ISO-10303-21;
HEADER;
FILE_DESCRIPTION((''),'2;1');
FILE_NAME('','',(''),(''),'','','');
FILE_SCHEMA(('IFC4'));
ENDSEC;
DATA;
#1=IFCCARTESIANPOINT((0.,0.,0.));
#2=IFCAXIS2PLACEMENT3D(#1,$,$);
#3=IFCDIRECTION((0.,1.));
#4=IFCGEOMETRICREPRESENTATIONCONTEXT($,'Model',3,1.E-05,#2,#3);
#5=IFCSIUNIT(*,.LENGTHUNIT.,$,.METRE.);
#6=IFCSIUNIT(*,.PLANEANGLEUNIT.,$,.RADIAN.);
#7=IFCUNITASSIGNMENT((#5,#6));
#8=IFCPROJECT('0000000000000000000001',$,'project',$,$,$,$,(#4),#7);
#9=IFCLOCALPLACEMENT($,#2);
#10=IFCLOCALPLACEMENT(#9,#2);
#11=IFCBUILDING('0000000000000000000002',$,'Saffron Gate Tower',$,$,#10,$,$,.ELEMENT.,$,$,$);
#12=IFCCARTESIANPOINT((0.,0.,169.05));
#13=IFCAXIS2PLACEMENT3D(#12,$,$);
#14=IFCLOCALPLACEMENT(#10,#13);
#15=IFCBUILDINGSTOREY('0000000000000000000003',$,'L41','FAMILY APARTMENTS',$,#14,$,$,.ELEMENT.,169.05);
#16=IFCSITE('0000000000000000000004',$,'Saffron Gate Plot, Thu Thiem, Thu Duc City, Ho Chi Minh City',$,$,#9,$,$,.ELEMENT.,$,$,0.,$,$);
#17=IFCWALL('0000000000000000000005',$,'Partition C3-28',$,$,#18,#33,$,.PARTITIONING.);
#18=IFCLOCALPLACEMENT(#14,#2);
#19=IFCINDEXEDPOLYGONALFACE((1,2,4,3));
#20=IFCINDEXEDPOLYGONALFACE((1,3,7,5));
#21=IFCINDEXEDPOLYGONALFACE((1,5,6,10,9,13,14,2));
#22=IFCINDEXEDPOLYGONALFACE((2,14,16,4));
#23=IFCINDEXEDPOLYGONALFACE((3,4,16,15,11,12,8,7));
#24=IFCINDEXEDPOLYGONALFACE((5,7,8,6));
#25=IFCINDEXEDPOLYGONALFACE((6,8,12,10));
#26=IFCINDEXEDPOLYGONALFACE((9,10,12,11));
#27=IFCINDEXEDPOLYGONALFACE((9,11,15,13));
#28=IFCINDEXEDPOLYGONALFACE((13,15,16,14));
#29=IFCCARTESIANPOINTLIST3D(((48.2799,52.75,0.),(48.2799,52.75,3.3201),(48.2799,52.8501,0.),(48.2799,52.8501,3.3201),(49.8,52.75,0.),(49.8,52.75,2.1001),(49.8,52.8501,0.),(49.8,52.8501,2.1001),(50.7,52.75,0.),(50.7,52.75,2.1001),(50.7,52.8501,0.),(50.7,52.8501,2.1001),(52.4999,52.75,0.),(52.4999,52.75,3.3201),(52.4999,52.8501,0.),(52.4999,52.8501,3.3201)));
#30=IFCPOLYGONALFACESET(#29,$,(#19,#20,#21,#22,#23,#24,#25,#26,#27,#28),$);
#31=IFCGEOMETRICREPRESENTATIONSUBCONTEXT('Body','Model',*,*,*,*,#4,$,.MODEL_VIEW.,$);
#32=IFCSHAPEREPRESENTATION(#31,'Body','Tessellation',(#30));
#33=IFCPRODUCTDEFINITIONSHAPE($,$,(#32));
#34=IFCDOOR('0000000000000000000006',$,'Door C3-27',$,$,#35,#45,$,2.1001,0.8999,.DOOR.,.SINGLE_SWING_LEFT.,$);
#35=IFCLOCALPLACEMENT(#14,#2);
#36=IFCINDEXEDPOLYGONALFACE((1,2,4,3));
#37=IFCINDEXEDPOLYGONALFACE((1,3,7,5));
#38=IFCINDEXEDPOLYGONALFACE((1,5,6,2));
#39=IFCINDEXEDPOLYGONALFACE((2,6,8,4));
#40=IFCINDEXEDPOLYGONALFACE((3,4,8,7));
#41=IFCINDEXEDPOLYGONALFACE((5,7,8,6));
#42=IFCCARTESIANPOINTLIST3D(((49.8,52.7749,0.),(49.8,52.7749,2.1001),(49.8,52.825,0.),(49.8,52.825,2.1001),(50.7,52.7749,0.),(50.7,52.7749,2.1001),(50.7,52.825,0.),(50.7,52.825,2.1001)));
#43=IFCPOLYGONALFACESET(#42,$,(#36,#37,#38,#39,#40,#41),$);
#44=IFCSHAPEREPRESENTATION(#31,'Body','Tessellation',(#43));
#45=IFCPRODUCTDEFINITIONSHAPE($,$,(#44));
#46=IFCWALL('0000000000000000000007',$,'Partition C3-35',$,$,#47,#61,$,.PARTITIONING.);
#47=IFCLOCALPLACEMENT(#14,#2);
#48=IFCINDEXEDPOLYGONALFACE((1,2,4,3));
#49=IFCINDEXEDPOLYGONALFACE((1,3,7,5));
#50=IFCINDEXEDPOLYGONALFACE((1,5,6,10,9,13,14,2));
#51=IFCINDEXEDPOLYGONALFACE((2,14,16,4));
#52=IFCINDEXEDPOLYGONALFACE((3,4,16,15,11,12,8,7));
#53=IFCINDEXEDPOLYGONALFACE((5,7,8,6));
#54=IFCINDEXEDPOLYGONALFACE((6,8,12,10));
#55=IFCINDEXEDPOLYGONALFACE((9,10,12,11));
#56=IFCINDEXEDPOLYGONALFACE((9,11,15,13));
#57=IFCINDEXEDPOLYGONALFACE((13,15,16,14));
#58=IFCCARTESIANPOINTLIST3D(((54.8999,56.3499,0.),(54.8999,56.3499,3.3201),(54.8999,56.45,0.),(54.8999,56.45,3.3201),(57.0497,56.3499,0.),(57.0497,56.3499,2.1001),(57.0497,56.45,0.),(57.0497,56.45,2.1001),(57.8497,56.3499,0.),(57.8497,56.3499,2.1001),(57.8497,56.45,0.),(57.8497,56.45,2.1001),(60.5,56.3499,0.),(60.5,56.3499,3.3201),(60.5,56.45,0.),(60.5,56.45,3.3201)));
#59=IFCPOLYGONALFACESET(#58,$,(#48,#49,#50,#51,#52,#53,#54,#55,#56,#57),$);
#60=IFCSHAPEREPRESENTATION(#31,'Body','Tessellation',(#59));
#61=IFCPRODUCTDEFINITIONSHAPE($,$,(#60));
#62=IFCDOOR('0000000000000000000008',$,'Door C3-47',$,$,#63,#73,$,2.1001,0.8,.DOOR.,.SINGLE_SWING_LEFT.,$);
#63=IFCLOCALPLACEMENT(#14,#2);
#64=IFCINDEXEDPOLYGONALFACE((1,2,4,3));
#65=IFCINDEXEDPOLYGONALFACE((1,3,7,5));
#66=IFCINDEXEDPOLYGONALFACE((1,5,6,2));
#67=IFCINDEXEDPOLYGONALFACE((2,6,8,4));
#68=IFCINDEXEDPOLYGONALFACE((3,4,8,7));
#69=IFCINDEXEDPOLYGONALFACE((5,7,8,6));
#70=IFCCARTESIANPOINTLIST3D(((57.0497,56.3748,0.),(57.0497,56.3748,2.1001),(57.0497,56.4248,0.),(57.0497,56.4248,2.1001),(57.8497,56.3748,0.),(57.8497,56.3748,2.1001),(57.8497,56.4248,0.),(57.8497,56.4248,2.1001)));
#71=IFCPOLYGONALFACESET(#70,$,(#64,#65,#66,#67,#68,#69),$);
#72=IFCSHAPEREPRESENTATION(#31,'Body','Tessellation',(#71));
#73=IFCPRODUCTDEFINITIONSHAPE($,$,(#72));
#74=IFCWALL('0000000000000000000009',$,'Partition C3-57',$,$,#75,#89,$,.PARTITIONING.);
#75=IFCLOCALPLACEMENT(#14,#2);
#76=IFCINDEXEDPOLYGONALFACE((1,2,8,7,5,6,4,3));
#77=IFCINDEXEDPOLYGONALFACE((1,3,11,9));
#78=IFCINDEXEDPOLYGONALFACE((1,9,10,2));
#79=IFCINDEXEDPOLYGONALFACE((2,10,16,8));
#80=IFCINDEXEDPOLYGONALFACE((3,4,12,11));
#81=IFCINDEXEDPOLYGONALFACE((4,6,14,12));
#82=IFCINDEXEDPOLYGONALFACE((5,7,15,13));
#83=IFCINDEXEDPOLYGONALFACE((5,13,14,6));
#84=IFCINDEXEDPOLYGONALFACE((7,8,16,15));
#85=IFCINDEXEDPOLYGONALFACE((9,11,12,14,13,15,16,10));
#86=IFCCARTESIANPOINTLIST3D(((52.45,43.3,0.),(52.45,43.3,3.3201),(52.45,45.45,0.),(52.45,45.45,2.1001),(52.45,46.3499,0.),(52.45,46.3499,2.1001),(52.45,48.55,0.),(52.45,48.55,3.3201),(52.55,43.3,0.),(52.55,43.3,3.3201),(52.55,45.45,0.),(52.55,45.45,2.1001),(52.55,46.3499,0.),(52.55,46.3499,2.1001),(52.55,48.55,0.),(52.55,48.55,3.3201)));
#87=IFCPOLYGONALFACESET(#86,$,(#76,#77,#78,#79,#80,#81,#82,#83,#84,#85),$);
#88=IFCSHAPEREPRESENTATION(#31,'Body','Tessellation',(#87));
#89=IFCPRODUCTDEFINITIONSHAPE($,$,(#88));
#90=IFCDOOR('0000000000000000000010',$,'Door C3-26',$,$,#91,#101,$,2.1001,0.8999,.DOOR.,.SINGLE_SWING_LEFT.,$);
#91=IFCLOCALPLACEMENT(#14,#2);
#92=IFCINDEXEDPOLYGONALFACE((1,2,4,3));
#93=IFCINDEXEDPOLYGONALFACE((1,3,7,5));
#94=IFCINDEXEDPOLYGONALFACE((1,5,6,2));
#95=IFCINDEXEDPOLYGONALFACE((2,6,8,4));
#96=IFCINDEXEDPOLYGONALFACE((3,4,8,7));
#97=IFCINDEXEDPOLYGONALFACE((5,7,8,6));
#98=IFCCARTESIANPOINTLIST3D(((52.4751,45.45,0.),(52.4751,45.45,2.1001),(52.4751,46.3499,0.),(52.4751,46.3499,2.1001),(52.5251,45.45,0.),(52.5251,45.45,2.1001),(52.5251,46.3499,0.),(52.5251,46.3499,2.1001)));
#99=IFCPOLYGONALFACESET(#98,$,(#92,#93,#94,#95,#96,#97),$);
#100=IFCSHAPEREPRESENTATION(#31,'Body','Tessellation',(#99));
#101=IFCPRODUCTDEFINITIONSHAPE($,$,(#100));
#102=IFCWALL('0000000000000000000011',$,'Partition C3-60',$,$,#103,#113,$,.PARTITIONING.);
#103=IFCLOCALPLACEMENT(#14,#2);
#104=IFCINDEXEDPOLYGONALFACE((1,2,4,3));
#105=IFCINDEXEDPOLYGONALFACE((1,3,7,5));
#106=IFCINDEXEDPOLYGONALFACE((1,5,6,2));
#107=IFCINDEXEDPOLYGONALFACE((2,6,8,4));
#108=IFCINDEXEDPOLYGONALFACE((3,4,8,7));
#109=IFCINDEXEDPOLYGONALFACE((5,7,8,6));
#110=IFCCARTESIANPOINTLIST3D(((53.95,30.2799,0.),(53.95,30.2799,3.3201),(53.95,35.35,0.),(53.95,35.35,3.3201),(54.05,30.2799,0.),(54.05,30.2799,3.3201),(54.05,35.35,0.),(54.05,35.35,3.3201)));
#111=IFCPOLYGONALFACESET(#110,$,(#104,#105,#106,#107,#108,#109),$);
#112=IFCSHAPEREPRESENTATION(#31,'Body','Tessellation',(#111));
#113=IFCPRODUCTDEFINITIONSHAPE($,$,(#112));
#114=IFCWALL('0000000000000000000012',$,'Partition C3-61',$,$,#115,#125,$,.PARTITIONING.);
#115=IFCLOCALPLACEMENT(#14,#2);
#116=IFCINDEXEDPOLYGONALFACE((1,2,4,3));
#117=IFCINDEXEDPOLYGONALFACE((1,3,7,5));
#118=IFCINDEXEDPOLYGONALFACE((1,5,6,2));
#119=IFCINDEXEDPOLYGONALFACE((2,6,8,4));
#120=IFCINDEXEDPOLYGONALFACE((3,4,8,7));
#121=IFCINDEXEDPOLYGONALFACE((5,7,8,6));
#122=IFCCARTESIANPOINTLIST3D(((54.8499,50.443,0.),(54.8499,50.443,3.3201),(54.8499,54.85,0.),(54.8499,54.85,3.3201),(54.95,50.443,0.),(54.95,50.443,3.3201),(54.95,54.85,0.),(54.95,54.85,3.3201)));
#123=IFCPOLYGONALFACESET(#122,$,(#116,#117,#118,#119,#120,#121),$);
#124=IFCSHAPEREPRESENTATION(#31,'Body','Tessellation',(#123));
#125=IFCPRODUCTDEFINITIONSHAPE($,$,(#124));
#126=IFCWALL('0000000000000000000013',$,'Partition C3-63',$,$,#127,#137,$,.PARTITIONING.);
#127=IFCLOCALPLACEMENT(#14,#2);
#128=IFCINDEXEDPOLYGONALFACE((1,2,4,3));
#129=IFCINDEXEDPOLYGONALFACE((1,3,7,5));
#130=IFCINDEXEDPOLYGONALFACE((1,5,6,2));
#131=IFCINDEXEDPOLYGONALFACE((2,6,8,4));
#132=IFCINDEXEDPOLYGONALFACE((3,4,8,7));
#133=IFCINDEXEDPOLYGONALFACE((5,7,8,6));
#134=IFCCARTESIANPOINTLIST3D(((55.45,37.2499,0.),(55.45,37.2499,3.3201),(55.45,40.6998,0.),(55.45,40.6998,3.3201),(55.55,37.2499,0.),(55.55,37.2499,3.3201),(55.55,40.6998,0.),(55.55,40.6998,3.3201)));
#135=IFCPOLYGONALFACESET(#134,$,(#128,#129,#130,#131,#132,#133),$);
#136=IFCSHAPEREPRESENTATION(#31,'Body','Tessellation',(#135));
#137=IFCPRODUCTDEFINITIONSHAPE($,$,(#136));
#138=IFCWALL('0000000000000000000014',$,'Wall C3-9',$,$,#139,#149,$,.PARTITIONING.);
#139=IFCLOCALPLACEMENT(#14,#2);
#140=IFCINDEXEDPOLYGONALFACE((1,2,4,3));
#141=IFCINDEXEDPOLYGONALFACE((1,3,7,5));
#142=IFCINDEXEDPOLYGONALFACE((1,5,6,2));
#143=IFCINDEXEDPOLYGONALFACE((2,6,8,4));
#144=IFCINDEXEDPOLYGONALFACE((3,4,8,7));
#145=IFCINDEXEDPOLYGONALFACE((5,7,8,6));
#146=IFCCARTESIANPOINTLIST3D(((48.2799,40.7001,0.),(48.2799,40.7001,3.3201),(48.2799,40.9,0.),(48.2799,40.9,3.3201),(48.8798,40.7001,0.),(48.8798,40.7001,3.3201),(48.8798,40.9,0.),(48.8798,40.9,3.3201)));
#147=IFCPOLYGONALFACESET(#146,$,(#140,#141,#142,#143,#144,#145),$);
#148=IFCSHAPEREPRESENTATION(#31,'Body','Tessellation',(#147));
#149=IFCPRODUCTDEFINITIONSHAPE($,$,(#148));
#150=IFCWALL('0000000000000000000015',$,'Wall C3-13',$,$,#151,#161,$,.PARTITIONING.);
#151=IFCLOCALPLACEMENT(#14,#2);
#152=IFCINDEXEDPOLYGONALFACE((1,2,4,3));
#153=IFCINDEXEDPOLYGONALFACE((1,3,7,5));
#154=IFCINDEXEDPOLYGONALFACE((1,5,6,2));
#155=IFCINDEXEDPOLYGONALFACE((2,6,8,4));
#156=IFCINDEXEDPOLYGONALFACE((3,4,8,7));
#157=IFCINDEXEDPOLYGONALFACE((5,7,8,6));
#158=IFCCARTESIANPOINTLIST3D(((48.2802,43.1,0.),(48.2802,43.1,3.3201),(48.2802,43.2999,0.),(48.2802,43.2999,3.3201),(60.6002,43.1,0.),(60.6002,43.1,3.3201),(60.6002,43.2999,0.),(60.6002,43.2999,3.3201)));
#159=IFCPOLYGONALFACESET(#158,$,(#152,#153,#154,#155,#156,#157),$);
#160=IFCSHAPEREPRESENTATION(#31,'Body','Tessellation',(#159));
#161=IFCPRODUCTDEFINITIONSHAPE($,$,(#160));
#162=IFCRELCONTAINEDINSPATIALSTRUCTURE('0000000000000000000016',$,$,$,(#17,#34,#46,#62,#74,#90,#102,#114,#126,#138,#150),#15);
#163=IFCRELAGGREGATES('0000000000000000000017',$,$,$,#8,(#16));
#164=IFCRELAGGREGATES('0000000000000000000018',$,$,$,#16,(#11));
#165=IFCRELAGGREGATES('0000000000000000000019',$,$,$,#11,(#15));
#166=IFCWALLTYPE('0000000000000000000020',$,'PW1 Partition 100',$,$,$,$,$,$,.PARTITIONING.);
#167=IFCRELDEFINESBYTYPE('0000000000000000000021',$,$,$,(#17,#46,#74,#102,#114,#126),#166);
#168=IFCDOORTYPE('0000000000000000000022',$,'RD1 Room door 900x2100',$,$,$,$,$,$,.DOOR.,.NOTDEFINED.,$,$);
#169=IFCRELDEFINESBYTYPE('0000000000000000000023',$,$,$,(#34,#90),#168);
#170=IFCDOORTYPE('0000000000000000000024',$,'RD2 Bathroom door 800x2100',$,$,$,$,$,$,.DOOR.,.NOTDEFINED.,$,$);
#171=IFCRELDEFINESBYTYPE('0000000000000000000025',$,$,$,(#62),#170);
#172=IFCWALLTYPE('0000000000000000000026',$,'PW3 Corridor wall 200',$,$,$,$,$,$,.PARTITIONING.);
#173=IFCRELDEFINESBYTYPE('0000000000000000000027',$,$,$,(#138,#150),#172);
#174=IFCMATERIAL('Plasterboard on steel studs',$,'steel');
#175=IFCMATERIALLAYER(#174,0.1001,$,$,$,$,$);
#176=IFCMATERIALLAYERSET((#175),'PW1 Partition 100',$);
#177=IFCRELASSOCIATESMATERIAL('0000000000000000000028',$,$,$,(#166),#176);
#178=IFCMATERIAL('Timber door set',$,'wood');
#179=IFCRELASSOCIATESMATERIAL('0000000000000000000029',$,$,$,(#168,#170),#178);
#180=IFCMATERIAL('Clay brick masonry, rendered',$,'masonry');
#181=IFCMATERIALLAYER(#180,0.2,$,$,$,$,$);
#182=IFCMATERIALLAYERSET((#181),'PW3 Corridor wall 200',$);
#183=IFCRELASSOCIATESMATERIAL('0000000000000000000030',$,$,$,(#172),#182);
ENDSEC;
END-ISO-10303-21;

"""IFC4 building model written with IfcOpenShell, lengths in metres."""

from ifc_helpers import new_model, si_unit, direction, frame, frame_2d, origin, place, context, subcontext, project, spatial, rectangle, extrude, material, layer, layer_set, type_object, element, fill, save


model = new_model("IFC4")

# Units and contexts
model_context = context("Model", 3, precision=1e-05, world=origin(), true_north=direction((0.0, 1.0)))
body_context = subcontext(model_context, "Body", "Model", "MODEL_VIEW")
ifc_project = project(units=[si_unit("LENGTHUNIT", "METRE"), si_unit("PLANEANGLEUNIT", "RADIAN")], contexts=[model_context])

# Site, building, storey
site_placement = place(None, origin())
site = spatial("IfcSite", under=ifc_project, at=site_placement, Name="Saffron Gate Plot, Thu Thiem, Thu Duc City, Ho Chi Minh City", CompositionType="ELEMENT", RefElevation=0.0)
building_placement = place(site_placement, origin())
building = spatial("IfcBuilding", under=site, at=building_placement, Name="Saffron Gate Tower", CompositionType="ELEMENT")
storey_placement = place(building_placement, frame((0.0, 0.0, 169.05)))
storey = spatial("IfcBuildingStorey", under=building, at=storey_placement, Name="L41", Description="FAMILY APARTMENTS", CompositionType="ELEMENT", Elevation=169.05)

# Shared definitions
ifc_material_1 = material(Name="Plasterboard on steel studs", Category="steel")
ifc_layer_1 = layer(ifc_material_1, 0.1001)
ifc_layer_set_1 = layer_set([ifc_layer_1], Name="PW1 Partition 100")
wall_type_1 = type_object("IfcWallType", Name="PW1 Partition 100", PredefinedType="PARTITIONING", material=ifc_layer_set_1)

# Walls, openings, doors
wall_1_placement = place(storey_placement, frame((48.28, 52.8, 0.0), z_axis=(0.0, 0.0, 1.0), x_axis=(1.0, 0.0, 0.0)))
wall_1 = element("IfcWall", 1, at=wall_1_placement, inside=storey, type_object=wall_type_1, Name="Partition C3-28", PredefinedType="PARTITIONING", context=body_context, shape_type="SweptSolid", body=[
    extrude(rectangle(XDim=4.22, YDim=0.1001, at=frame_2d((2.1099, 0.0))), origin(), (0.0, 0.0, 1.0), 3.3201),
])
opening_1_placement = place(wall_1_placement, frame((1.52, 0.0, 0.0)))
opening_1 = element("IfcOpeningElement", 2, at=opening_1_placement, cuts=wall_1, PredefinedType="OPENING", context=body_context, shape_type="SweptSolid", body=[
    extrude(rectangle(XDim=0.8999, YDim=2.1001, at=frame_2d((0.45, 1.05))), frame((0.0, 0.0601, 0.0), z_axis=(0.0, -1.0, 0.0), x_axis=(1.0, 0.0, 0.0)), (0.0, 0.0, 1.0), 0.1201),
])
ifc_material_2 = material(Name="Timber door set", Category="wood")
door_type_1 = type_object("IfcDoorType", Name="RD1 Room door 900x2100", OperationType="NOTDEFINED", PredefinedType="DOOR", material=ifc_material_2)
door_1_placement = place(opening_1_placement, origin())
door_1 = element("IfcDoor", 3, at=door_1_placement, inside=storey, type_object=door_type_1, Name="Door C3-27", OperationType="SINGLE_SWING_LEFT", OverallHeight=2.1001, OverallWidth=0.8999, PredefinedType="DOOR", context=body_context, shape_type="SweptSolid", body=[
    extrude(rectangle(XDim=0.8999, YDim=2.1001, at=frame_2d((0.45, 1.05))), frame((0.0, 0.0249, 0.0), z_axis=(0.0, -1.0, 0.0), x_axis=(1.0, 0.0, 0.0)), (0.0, 0.0, 1.0), 0.05),
])
fill(opening_1, door_1)
wall_2_placement = place(storey_placement, frame((54.8999, 56.3999, 0.0), z_axis=(0.0, 0.0, 1.0), x_axis=(1.0, 0.0, 0.0)))
wall_2 = element("IfcWall", 4, at=wall_2_placement, inside=storey, type_object=wall_type_1, Name="Partition C3-35", PredefinedType="PARTITIONING", context=body_context, shape_type="SweptSolid", body=[
    extrude(rectangle(XDim=5.6001, YDim=0.1001, at=frame_2d((2.8, 0.0))), origin(), (0.0, 0.0, 1.0), 3.3201),
])
opening_2_placement = place(wall_2_placement, frame((2.1499, 0.0, 0.0)))
opening_2 = element("IfcOpeningElement", 5, at=opening_2_placement, cuts=wall_2, PredefinedType="OPENING", context=body_context, shape_type="SweptSolid", body=[
    extrude(rectangle(XDim=0.8, YDim=2.1001, at=frame_2d((0.3999, 1.05))), frame((0.0, 0.0601, 0.0), z_axis=(0.0, -1.0, 0.0), x_axis=(1.0, 0.0, 0.0)), (0.0, 0.0, 1.0), 0.1201),
])
door_type_2 = type_object("IfcDoorType", Name="RD2 Bathroom door 800x2100", OperationType="NOTDEFINED", PredefinedType="DOOR", material=ifc_material_2)
door_2_placement = place(opening_2_placement, origin())
door_2 = element("IfcDoor", 6, at=door_2_placement, inside=storey, type_object=door_type_2, Name="Door C3-47", OperationType="SINGLE_SWING_LEFT", OverallHeight=2.1001, OverallWidth=0.8, PredefinedType="DOOR", context=body_context, shape_type="SweptSolid", body=[
    extrude(rectangle(XDim=0.8, YDim=2.1001, at=frame_2d((0.3999, 1.05))), frame((0.0, 0.0249, 0.0), z_axis=(0.0, -1.0, 0.0), x_axis=(1.0, 0.0, 0.0)), (0.0, 0.0, 1.0), 0.05),
])
fill(opening_2, door_2)
wall_3_placement = place(storey_placement, frame((52.5, 43.3, 0.0), z_axis=(0.0, 0.0, 1.0), x_axis=(0.0, 1.0, 0.0)))
wall_3 = element("IfcWall", 7, at=wall_3_placement, inside=storey, type_object=wall_type_1, Name="Partition C3-57", PredefinedType="PARTITIONING", context=body_context, shape_type="SweptSolid", body=[
    extrude(rectangle(XDim=5.25, YDim=0.1001, at=frame_2d((2.625, 0.0))), origin(), (0.0, 0.0, 1.0), 3.3201),
])
opening_3_placement = place(wall_3_placement, frame((2.1499, 0.0, 0.0)))
opening_3 = element("IfcOpeningElement", 8, at=opening_3_placement, cuts=wall_3, PredefinedType="OPENING", context=body_context, shape_type="SweptSolid", body=[
    extrude(rectangle(XDim=0.8999, YDim=2.1001, at=frame_2d((0.45, 1.05))), frame((0.0, 0.0601, 0.0), z_axis=(0.0, -1.0, 0.0), x_axis=(1.0, 0.0, 0.0)), (0.0, 0.0, 1.0), 0.1201),
])
door_3_placement = place(opening_3_placement, origin())
door_3 = element("IfcDoor", 9, at=door_3_placement, inside=storey, type_object=door_type_1, Name="Door C3-26", OperationType="SINGLE_SWING_LEFT", OverallHeight=2.1001, OverallWidth=0.8999, PredefinedType="DOOR", context=body_context, shape_type="SweptSolid", body=[
    extrude(rectangle(XDim=0.8999, YDim=2.1001, at=frame_2d((0.45, 1.05))), frame((0.0, 0.0249, 0.0), z_axis=(0.0, -1.0, 0.0), x_axis=(1.0, 0.0, 0.0)), (0.0, 0.0, 1.0), 0.05),
])
fill(opening_3, door_3)

# Walls
wall_4_placement = place(storey_placement, frame((54.0, 35.3501, 0.0), z_axis=(0.0, 0.0, 1.0), x_axis=(0.0, -1.0, 0.0)))
element("IfcWall", 10, at=wall_4_placement, inside=storey, type_object=wall_type_1, Name="Partition C3-60", PredefinedType="PARTITIONING", context=body_context, shape_type="SweptSolid", body=[
    extrude(rectangle(XDim=5.0701, YDim=0.1001, at=frame_2d((2.5352, 0.0))), origin(), (0.0, 0.0, 1.0), 3.3201),
])
wall_5_placement = place(storey_placement, frame((54.8999, 54.8501, 0.0), z_axis=(0.0, 0.0, 1.0), x_axis=(0.0, -1.0, 0.0)))
element("IfcWall", 11, at=wall_5_placement, inside=storey, type_object=wall_type_1, Name="Partition C3-61", PredefinedType="PARTITIONING", context=body_context, shape_type="SweptSolid", body=[
    extrude(rectangle(XDim=4.407, YDim=0.1001, at=frame_2d((2.2036, 0.0))), origin(), (0.0, 0.0, 1.0), 3.3201),
])
wall_6_placement = place(storey_placement, frame((55.5, 40.7, 0.0), z_axis=(0.0, 0.0, 1.0), x_axis=(0.0, -1.0, 0.0)))
element("IfcWall", 12, at=wall_6_placement, inside=storey, type_object=wall_type_1, Name="Partition C3-63", PredefinedType="PARTITIONING", context=body_context, shape_type="SweptSolid", body=[
    extrude(rectangle(XDim=3.45, YDim=0.1001, at=frame_2d((1.7251, 0.0))), origin(), (0.0, 0.0, 1.0), 3.3201),
])
ifc_material_3 = material(Name="Clay brick masonry, rendered", Category="masonry")
ifc_layer_2 = layer(ifc_material_3, 0.2)
ifc_layer_set_2 = layer_set([ifc_layer_2], Name="PW3 Corridor wall 200")
wall_type_2 = type_object("IfcWallType", Name="PW3 Corridor wall 200", PredefinedType="PARTITIONING", material=ifc_layer_set_2)
wall_7_placement = place(storey_placement, frame((48.28, 40.8, 0.0), z_axis=(0.0, 0.0, 1.0), x_axis=(1.0, 0.0, 0.0)))
element("IfcWall", 13, at=wall_7_placement, inside=storey, type_object=wall_type_2, Name="Wall C3-9", PredefinedType="PARTITIONING", context=body_context, shape_type="SweptSolid", body=[
    extrude(rectangle(XDim=0.5999, YDim=0.2, at=frame_2d((0.2998, 0.0))), origin(), (0.0, 0.0, 1.0), 3.3201),
])
wall_8_placement = place(storey_placement, frame((48.28, 43.2, 0.0), z_axis=(0.0, 0.0, 1.0), x_axis=(1.0, 0.0, 0.0)))
element("IfcWall", 14, at=wall_8_placement, inside=storey, type_object=wall_type_2, Name="Wall C3-13", PredefinedType="PARTITIONING", context=body_context, shape_type="SweptSolid", body=[
    extrude(rectangle(XDim=12.3201, YDim=0.2, at=frame_2d((6.1602, 0.0))), origin(), (0.0, 0.0, 1.0), 3.3201),
])

save(model, "model.ifc")
